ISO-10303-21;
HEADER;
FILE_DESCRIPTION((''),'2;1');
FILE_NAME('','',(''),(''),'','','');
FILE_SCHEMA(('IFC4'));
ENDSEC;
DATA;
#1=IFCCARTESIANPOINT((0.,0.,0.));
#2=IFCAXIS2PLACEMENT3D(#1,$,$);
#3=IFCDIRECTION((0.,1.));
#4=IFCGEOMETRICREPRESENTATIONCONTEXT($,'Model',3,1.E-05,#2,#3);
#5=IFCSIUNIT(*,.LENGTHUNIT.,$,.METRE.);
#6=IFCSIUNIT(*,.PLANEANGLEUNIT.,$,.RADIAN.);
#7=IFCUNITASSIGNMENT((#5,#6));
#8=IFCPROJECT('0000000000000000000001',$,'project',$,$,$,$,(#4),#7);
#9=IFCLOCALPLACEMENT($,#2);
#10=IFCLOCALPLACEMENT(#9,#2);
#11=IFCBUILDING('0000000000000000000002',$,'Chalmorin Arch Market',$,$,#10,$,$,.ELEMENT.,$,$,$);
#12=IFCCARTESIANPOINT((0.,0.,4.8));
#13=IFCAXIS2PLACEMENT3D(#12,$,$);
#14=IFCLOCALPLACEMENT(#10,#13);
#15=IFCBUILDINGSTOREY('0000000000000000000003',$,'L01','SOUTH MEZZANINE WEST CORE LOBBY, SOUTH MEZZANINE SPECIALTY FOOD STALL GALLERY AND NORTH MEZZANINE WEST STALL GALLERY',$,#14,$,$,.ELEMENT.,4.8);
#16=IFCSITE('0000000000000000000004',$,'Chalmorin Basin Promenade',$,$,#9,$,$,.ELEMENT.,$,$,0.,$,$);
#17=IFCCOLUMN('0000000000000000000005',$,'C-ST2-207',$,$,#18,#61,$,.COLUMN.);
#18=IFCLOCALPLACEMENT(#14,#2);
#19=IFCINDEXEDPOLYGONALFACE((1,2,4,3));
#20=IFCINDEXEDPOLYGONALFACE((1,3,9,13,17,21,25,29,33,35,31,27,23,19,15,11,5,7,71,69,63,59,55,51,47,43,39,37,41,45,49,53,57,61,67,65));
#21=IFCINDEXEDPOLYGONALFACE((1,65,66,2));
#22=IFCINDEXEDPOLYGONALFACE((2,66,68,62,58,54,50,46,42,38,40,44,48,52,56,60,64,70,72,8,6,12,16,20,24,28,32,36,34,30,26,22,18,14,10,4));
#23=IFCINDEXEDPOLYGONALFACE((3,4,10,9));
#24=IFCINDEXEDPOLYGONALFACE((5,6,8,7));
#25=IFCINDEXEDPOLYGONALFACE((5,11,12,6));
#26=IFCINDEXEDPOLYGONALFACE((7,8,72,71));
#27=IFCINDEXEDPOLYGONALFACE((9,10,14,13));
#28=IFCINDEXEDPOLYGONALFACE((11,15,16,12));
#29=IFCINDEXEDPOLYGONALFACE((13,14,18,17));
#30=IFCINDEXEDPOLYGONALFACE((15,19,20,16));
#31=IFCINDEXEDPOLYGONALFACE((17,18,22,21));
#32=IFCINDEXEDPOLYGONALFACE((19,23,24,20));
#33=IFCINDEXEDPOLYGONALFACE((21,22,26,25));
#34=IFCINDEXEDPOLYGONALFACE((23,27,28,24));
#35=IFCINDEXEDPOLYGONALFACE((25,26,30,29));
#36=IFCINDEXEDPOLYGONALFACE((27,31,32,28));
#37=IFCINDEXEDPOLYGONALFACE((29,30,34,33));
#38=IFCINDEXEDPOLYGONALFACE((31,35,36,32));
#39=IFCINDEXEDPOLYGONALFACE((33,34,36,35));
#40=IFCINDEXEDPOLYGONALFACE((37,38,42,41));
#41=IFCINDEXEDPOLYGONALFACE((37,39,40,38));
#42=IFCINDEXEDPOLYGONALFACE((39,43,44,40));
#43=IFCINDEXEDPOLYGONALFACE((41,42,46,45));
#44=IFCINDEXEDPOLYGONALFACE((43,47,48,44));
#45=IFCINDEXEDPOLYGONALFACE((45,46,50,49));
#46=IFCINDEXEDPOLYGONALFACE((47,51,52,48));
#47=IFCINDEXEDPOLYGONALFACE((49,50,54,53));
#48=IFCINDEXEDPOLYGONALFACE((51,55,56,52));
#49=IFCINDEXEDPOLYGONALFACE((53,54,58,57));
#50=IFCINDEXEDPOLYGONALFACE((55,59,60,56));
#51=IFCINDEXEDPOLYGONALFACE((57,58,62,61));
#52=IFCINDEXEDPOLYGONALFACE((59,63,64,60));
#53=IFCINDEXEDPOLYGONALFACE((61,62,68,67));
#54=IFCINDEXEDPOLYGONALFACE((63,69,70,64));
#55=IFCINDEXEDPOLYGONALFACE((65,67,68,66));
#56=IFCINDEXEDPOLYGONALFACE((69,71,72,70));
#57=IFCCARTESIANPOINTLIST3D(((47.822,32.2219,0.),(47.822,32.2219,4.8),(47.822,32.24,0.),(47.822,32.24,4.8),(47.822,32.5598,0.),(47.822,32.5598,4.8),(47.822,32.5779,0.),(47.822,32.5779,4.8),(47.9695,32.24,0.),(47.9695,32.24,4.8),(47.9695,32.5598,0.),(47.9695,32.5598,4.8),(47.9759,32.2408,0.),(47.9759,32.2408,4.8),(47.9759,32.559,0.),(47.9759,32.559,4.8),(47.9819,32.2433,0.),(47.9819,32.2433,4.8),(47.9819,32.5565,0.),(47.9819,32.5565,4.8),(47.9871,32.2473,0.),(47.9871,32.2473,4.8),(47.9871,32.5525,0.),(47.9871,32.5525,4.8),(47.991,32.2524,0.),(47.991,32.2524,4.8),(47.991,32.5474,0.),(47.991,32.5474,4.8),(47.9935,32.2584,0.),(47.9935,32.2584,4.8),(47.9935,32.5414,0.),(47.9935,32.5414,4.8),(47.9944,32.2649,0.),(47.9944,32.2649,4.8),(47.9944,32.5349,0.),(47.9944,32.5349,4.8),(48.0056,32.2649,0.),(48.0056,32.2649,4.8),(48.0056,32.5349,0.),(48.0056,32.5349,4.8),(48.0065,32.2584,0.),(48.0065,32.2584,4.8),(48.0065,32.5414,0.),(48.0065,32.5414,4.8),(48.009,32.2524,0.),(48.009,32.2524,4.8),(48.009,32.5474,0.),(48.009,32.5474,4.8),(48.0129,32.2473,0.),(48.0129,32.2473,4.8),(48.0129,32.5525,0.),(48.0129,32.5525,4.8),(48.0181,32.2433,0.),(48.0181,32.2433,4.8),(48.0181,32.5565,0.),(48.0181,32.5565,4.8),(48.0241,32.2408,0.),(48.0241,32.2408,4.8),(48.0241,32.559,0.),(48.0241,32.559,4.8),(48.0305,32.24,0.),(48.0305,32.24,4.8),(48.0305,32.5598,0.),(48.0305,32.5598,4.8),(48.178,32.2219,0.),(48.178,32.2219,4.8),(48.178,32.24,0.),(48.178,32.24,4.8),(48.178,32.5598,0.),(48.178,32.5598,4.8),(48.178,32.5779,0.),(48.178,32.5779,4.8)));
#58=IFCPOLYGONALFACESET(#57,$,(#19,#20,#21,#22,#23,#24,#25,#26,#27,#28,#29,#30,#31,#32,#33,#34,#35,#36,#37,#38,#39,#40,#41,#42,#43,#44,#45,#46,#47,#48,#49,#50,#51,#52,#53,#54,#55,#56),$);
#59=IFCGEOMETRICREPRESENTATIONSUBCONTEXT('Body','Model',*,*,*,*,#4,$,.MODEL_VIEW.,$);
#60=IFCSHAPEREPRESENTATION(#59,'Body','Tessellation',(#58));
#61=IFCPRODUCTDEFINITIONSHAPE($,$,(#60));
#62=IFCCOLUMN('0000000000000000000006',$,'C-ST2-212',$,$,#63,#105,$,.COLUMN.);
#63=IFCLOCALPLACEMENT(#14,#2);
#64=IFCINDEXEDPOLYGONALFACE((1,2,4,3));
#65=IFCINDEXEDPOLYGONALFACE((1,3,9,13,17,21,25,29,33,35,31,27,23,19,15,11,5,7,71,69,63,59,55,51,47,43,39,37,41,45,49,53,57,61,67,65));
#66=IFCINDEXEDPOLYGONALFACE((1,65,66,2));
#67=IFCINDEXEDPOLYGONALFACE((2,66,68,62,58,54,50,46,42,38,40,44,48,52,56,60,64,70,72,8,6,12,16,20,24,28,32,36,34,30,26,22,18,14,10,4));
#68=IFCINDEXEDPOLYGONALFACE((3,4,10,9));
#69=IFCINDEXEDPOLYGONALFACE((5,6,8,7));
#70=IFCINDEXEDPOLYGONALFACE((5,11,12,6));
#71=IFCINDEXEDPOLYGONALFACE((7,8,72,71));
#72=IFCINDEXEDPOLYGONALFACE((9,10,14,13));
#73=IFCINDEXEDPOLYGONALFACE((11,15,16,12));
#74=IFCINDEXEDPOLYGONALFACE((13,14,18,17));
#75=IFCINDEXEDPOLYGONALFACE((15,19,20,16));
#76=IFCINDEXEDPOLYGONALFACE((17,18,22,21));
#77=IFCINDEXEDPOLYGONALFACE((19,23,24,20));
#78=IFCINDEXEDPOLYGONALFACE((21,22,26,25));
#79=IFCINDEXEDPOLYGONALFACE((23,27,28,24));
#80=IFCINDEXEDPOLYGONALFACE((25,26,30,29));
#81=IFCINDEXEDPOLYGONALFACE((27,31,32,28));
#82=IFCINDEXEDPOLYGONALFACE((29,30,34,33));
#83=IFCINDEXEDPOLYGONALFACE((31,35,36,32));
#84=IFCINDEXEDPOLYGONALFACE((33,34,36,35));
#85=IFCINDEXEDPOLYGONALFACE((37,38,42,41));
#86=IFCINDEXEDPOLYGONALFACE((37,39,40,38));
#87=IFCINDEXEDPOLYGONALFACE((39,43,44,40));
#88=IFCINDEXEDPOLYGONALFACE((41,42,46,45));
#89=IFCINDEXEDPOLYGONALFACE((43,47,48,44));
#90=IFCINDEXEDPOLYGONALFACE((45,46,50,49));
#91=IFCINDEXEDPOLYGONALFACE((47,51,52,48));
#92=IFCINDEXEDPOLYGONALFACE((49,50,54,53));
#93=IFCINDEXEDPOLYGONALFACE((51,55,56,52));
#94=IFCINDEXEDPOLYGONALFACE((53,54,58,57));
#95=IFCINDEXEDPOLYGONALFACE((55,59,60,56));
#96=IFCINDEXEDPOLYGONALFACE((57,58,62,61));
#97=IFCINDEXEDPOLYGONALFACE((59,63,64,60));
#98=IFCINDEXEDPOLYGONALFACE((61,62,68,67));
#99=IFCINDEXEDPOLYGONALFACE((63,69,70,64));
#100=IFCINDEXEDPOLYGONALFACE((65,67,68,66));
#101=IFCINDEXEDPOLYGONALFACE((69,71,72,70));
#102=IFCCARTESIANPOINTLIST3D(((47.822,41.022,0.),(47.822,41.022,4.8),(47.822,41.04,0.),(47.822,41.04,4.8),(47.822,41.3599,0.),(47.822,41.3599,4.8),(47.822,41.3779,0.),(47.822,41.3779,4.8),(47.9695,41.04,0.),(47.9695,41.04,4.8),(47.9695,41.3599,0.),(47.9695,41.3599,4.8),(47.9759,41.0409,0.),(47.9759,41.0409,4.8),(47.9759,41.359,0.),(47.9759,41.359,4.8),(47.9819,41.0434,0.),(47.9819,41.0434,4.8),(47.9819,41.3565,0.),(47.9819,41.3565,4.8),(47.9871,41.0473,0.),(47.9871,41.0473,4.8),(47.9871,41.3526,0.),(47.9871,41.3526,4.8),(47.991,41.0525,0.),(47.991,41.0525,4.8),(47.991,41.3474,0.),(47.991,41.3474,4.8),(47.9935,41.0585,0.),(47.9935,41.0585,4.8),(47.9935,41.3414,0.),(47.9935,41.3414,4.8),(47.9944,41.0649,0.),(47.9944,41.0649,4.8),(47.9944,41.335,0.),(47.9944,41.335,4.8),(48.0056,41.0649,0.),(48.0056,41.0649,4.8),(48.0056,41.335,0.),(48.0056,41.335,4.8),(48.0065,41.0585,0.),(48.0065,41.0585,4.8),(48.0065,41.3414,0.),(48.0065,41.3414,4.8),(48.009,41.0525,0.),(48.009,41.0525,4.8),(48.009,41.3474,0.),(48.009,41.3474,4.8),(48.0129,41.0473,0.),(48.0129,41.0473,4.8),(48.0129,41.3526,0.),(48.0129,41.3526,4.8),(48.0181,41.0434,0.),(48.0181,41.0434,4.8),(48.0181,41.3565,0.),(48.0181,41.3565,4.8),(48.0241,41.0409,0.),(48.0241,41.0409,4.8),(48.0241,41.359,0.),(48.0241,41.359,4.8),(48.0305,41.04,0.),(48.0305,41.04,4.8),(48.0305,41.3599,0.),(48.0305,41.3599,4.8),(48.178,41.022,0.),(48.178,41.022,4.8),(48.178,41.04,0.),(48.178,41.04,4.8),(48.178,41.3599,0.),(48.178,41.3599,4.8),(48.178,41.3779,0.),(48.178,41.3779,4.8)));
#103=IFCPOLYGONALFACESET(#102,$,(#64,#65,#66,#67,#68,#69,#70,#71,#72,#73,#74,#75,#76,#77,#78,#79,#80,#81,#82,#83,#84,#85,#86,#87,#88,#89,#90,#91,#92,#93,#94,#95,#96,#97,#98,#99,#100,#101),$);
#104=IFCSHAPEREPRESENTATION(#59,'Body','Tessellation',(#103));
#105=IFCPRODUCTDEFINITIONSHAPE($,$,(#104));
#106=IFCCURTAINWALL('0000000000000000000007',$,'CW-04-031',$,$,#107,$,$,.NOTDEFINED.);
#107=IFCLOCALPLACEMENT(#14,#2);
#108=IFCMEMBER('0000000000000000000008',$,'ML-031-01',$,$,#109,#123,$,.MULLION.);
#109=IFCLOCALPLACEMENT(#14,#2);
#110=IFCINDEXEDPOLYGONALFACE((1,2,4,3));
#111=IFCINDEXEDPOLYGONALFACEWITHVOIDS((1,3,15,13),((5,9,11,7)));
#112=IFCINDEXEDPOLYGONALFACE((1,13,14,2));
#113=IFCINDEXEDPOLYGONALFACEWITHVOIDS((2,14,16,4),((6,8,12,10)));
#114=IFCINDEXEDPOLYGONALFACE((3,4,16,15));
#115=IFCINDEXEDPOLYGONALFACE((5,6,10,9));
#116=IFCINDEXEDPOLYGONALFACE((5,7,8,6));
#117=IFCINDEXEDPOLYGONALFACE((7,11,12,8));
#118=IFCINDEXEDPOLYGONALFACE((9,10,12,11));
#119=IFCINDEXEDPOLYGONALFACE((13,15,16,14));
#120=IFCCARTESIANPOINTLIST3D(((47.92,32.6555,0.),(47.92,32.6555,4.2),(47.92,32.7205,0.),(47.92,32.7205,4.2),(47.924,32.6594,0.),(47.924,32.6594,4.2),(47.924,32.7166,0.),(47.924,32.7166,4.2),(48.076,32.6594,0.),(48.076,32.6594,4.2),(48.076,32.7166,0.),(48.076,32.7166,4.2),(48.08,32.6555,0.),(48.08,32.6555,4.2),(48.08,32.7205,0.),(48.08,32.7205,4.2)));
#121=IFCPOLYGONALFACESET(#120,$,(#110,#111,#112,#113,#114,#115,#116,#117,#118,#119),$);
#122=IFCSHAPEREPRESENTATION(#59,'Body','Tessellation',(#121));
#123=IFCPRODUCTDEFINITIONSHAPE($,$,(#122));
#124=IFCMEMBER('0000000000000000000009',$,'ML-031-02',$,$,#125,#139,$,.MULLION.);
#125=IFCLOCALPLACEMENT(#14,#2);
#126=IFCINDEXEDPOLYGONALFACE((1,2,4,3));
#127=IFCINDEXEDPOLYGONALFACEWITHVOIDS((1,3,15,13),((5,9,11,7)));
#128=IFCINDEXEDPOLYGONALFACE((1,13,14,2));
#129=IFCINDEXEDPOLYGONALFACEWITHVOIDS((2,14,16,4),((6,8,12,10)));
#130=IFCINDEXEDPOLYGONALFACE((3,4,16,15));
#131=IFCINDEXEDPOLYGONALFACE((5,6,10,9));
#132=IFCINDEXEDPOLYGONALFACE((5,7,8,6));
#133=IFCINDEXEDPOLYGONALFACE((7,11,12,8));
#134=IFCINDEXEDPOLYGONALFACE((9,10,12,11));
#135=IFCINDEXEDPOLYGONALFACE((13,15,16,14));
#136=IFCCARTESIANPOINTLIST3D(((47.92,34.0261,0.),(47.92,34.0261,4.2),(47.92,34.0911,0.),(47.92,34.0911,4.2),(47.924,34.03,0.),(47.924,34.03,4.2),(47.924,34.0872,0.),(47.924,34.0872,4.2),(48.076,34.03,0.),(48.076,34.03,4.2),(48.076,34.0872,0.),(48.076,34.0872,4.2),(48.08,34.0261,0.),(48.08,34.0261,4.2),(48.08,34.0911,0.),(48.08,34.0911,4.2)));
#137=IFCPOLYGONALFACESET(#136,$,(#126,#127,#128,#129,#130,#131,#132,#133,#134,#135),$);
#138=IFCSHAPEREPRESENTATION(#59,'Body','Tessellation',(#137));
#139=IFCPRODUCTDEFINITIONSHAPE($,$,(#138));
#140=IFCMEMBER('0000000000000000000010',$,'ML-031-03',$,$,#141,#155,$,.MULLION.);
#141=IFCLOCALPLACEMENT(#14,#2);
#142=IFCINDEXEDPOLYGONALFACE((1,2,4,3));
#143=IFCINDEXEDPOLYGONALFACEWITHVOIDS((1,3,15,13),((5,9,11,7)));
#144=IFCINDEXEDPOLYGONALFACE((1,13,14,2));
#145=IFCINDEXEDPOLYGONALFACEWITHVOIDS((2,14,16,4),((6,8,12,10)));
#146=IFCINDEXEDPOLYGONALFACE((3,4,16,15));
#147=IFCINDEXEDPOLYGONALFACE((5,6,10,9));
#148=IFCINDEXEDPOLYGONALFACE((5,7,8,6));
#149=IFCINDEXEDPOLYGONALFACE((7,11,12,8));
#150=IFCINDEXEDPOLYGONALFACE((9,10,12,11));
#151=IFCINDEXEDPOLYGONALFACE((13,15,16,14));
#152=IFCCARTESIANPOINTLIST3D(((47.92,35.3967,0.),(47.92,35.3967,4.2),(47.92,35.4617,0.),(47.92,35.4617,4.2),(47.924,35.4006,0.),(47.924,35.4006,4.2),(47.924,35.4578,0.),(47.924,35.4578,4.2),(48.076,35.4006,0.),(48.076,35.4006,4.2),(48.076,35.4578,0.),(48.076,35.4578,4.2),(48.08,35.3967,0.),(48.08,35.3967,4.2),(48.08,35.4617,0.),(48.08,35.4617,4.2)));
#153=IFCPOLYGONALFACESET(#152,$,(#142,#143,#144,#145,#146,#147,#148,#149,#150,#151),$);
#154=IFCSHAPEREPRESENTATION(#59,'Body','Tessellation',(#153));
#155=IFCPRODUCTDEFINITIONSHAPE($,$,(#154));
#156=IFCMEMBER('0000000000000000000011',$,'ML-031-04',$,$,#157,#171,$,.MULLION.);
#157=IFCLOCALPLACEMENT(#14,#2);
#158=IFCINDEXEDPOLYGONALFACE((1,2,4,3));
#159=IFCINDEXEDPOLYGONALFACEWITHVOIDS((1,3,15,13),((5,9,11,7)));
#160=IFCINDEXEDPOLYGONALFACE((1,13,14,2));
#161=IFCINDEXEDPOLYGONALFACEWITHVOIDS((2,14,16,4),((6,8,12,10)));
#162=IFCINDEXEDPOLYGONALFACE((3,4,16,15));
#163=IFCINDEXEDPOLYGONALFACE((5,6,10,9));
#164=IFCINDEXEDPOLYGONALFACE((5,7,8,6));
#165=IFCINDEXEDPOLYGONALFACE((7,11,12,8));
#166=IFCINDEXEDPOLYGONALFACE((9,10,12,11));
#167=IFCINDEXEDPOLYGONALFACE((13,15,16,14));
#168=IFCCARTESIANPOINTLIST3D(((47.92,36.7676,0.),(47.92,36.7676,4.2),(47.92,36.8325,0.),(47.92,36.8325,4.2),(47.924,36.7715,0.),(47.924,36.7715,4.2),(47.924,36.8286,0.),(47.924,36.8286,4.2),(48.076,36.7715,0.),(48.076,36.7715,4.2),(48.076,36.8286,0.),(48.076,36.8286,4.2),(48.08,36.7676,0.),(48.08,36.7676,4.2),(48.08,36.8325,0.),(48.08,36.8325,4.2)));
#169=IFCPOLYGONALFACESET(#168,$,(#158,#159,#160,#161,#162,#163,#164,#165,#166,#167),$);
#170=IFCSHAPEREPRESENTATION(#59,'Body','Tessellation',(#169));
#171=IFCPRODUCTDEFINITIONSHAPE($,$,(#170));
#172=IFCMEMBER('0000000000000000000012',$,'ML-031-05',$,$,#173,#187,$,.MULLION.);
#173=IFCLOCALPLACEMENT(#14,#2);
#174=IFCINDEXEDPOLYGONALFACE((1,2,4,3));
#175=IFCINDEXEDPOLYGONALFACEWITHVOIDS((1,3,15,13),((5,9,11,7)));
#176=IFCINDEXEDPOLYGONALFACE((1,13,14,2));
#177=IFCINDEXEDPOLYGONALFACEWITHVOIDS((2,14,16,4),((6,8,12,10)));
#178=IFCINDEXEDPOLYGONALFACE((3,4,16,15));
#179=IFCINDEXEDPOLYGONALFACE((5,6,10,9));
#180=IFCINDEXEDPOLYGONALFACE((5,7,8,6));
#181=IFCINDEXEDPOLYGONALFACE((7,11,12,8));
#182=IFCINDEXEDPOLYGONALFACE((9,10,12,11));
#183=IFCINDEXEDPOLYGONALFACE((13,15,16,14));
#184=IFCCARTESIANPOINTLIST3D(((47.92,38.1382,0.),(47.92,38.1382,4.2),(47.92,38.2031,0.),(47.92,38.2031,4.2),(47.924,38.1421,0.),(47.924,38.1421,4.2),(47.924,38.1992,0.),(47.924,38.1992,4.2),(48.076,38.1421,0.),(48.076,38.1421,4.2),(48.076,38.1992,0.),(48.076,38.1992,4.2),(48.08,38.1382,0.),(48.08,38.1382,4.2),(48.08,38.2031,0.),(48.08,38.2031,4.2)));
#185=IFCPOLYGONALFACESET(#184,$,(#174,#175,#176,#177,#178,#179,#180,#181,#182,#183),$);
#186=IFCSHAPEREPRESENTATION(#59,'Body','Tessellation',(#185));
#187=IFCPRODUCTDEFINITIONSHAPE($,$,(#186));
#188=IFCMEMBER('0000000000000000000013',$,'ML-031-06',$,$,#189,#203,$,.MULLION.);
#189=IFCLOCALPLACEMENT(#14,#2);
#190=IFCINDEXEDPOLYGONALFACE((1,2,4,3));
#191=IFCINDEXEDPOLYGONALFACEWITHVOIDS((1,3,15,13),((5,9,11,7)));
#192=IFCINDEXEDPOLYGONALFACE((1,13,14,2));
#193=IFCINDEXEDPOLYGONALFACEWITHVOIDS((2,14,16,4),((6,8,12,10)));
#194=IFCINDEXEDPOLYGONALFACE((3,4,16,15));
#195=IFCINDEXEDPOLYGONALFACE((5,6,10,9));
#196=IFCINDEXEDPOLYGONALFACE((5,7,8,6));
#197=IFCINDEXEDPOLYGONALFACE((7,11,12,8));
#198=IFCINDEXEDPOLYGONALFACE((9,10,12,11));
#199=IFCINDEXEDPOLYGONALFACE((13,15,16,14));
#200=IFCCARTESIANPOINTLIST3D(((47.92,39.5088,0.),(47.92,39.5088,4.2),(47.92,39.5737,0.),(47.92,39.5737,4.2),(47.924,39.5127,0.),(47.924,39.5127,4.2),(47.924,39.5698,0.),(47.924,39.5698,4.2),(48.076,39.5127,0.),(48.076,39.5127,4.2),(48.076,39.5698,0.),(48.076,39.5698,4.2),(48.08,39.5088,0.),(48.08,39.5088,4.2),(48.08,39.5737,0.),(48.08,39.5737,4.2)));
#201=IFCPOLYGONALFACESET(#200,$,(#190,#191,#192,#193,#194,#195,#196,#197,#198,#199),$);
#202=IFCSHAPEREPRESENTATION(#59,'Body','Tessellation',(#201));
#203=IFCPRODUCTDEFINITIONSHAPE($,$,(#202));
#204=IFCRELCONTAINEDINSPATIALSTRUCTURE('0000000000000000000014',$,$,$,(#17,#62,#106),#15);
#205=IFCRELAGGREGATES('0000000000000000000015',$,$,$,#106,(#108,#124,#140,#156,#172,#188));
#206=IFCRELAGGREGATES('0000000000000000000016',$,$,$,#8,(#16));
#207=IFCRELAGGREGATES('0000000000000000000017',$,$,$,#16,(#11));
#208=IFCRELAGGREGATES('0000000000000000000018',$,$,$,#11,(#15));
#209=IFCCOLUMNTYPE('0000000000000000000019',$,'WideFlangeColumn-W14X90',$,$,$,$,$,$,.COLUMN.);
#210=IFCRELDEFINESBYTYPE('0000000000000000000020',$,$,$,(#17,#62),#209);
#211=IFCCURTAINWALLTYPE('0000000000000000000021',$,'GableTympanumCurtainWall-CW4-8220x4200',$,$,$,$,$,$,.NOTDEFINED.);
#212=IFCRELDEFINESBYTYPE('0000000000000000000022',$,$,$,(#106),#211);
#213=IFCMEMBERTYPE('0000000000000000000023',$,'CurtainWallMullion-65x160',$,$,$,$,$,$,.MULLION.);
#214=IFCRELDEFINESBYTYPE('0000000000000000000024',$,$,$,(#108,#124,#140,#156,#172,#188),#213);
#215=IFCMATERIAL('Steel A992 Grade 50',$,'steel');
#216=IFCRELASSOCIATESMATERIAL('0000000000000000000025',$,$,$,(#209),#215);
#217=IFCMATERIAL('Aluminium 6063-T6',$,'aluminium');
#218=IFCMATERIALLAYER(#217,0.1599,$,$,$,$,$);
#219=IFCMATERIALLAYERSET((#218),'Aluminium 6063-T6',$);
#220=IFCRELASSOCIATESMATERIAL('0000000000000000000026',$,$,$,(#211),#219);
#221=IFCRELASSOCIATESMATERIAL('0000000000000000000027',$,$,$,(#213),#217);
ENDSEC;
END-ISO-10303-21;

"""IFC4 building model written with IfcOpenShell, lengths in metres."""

from ifc_helpers import new_model, si_unit, direction, frame, origin, origin_2d, place, context, subcontext, project, spatial, hollow_rectangle, i_section, extrude, material, layer, layer_set, material_profile, profile_set, type_object, element, aggregate, save


model = new_model("IFC4")

# Units and contexts
model_context = context("Model", 3, precision=1e-05, world=origin(), true_north=direction((0.0, 1.0)))
body_context = subcontext(model_context, "Body", "Model", "MODEL_VIEW")
ifc_project = project(units=[si_unit("LENGTHUNIT", "METRE"), si_unit("PLANEANGLEUNIT", "RADIAN")], contexts=[model_context])

# Site, building, storey
site_placement = place(None, origin())
site = spatial("IfcSite", under=ifc_project, at=site_placement, Name="Chalmorin Basin Promenade", CompositionType="ELEMENT", RefElevation=0.0)
building_placement = place(site_placement, origin())
building = spatial("IfcBuilding", under=site, at=building_placement, Name="Chalmorin Arch Market", CompositionType="ELEMENT")
storey_placement = place(building_placement, frame((0.0, 0.0, 4.8)))
storey = spatial("IfcBuildingStorey", under=building, at=storey_placement, Name="L01", Description="SOUTH MEZZANINE WEST CORE LOBBY, SOUTH MEZZANINE SPECIALTY FOOD STALL GALLERY AND NORTH MEZZANINE WEST STALL GALLERY", CompositionType="ELEMENT", Elevation=4.8)

# Columns
ifc_material_1 = material(Name="Steel A992 Grade 50", Category="steel")
ifc_material_profile_1 = material_profile(ifc_material_1, i_section(OverallWidth=0.356, OverallDepth=0.356, WebThickness=0.0112, FlangeThickness=0.0181, FilletRadius=0.0249, at=origin_2d()), Name="W14X90")
ifc_profile_set_1 = profile_set([ifc_material_profile_1], Name="Steel A992 Grade 50")
column_type = type_object("IfcColumnType", Name="WideFlangeColumn-W14X90", PredefinedType="COLUMN", material=ifc_profile_set_1)
for number, where, z_axis, x_axis, name in (
    (1, (48.0, 32.3999, 0.0), (0.0, 0.0, 1.0), (1.0, 0.0, 0.0), "C-ST2-207"),
    (2, (48.0, 41.2, 0.0), (0.0, 0.0, 1.0), (1.0, 0.0, 0.0), "C-ST2-212"),
):
    element("IfcColumn", number, at=place(storey_placement, frame(where, z_axis=z_axis, x_axis=x_axis)), inside=storey, type_object=column_type, Name=name, PredefinedType="COLUMN", context=body_context, shape_type="SweptSolid", body=[
        extrude(i_section(OverallWidth=0.356, OverallDepth=0.356, WebThickness=0.0112, FlangeThickness=0.0181, FilletRadius=0.0249, at=origin_2d()), origin(), (0.0, 0.0, 1.0), 4.8),
    ])

# Curtain wall, members
ifc_material_2 = material(Name="Aluminium 6063-T6", Category="aluminium")
ifc_layer_1 = layer(ifc_material_2, 0.1599)
ifc_layer_set_1 = layer_set([ifc_layer_1], Name="Aluminium 6063-T6")
curtain_wall_type_1 = type_object("IfcCurtainWallType", Name="GableTympanumCurtainWall-CW4-8220x4200", PredefinedType="NOTDEFINED", material=ifc_layer_set_1)
curtain_wall_1_placement = place(storey_placement, origin())
curtain_wall_1 = element("IfcCurtainWall", 3, at=curtain_wall_1_placement, inside=storey, type_object=curtain_wall_type_1, Name="CW-04-031", PredefinedType="NOTDEFINED")
ifc_material_profile_2 = material_profile(ifc_material_2, hollow_rectangle(XDim=0.0649, YDim=0.1599, WallThickness=0.0039, at=origin_2d()), Name="ALU65X160X4")
ifc_profile_set_2 = profile_set([ifc_material_profile_2], Name="Aluminium 6063-T6")
member_type_1 = type_object("IfcMemberType", Name="CurtainWallMullion-65x160", PredefinedType="MULLION", material=ifc_profile_set_2)
member_1_placement = place(storey_placement, frame((48.0, 32.688, 0.0), z_axis=(0.0, 0.0, 1.0), x_axis=(0.0, 1.0, 0.0)))
member_1 = element("IfcMember", 4, at=member_1_placement, type_object=member_type_1, Name="ML-031-01", PredefinedType="MULLION", context=body_context, shape_type="SweptSolid", body=[
    extrude(hollow_rectangle(XDim=0.0649, YDim=0.1599, WallThickness=0.0039, at=origin_2d()), origin(), (0.0, 0.0, 1.0), 4.2),
])
member_2_placement = place(storey_placement, frame((48.0, 34.0586, 0.0), z_axis=(0.0, 0.0, 1.0), x_axis=(0.0, 1.0, 0.0)))
member_2 = element("IfcMember", 5, at=member_2_placement, type_object=member_type_1, Name="ML-031-02", PredefinedType="MULLION", context=body_context, shape_type="SweptSolid", body=[
    extrude(hollow_rectangle(XDim=0.0649, YDim=0.1599, WallThickness=0.0039, at=origin_2d()), origin(), (0.0, 0.0, 1.0), 4.2),
])
member_3_placement = place(storey_placement, frame((48.0, 35.4292, 0.0), z_axis=(0.0, 0.0, 1.0), x_axis=(0.0, 1.0, 0.0)))
member_3 = element("IfcMember", 6, at=member_3_placement, type_object=member_type_1, Name="ML-031-03", PredefinedType="MULLION", context=body_context, shape_type="SweptSolid", body=[
    extrude(hollow_rectangle(XDim=0.0649, YDim=0.1599, WallThickness=0.0039, at=origin_2d()), origin(), (0.0, 0.0, 1.0), 4.2),
])
member_4_placement = place(storey_placement, frame((48.0, 36.8, 0.0), z_axis=(0.0, 0.0, 1.0), x_axis=(0.0, 1.0, 0.0)))
member_4 = element("IfcMember", 7, at=member_4_placement, type_object=member_type_1, Name="ML-031-04", PredefinedType="MULLION", context=body_context, shape_type="SweptSolid", body=[
    extrude(hollow_rectangle(XDim=0.0649, YDim=0.1599, WallThickness=0.0039, at=origin_2d()), origin(), (0.0, 0.0, 1.0), 4.2),
])
member_5_placement = place(storey_placement, frame((48.0, 38.1707, 0.0), z_axis=(0.0, 0.0, 1.0), x_axis=(0.0, 1.0, 0.0)))
member_5 = element("IfcMember", 8, at=member_5_placement, type_object=member_type_1, Name="ML-031-05", PredefinedType="MULLION", context=body_context, shape_type="SweptSolid", body=[
    extrude(hollow_rectangle(XDim=0.0649, YDim=0.1599, WallThickness=0.0039, at=origin_2d()), origin(), (0.0, 0.0, 1.0), 4.2),
])
member_6_placement = place(storey_placement, frame((48.0, 39.5413, 0.0), z_axis=(0.0, 0.0, 1.0), x_axis=(0.0, 1.0, 0.0)))
member_6 = element("IfcMember", 9, at=member_6_placement, type_object=member_type_1, Name="ML-031-06", PredefinedType="MULLION", context=body_context, shape_type="SweptSolid", body=[
    extrude(hollow_rectangle(XDim=0.0649, YDim=0.1599, WallThickness=0.0039, at=origin_2d()), origin(), (0.0, 0.0, 1.0), 4.2),
])

aggregate(curtain_wall_1, [member_1, member_2, member_3, member_4, member_5, member_6])

save(model, "model.ifc")
